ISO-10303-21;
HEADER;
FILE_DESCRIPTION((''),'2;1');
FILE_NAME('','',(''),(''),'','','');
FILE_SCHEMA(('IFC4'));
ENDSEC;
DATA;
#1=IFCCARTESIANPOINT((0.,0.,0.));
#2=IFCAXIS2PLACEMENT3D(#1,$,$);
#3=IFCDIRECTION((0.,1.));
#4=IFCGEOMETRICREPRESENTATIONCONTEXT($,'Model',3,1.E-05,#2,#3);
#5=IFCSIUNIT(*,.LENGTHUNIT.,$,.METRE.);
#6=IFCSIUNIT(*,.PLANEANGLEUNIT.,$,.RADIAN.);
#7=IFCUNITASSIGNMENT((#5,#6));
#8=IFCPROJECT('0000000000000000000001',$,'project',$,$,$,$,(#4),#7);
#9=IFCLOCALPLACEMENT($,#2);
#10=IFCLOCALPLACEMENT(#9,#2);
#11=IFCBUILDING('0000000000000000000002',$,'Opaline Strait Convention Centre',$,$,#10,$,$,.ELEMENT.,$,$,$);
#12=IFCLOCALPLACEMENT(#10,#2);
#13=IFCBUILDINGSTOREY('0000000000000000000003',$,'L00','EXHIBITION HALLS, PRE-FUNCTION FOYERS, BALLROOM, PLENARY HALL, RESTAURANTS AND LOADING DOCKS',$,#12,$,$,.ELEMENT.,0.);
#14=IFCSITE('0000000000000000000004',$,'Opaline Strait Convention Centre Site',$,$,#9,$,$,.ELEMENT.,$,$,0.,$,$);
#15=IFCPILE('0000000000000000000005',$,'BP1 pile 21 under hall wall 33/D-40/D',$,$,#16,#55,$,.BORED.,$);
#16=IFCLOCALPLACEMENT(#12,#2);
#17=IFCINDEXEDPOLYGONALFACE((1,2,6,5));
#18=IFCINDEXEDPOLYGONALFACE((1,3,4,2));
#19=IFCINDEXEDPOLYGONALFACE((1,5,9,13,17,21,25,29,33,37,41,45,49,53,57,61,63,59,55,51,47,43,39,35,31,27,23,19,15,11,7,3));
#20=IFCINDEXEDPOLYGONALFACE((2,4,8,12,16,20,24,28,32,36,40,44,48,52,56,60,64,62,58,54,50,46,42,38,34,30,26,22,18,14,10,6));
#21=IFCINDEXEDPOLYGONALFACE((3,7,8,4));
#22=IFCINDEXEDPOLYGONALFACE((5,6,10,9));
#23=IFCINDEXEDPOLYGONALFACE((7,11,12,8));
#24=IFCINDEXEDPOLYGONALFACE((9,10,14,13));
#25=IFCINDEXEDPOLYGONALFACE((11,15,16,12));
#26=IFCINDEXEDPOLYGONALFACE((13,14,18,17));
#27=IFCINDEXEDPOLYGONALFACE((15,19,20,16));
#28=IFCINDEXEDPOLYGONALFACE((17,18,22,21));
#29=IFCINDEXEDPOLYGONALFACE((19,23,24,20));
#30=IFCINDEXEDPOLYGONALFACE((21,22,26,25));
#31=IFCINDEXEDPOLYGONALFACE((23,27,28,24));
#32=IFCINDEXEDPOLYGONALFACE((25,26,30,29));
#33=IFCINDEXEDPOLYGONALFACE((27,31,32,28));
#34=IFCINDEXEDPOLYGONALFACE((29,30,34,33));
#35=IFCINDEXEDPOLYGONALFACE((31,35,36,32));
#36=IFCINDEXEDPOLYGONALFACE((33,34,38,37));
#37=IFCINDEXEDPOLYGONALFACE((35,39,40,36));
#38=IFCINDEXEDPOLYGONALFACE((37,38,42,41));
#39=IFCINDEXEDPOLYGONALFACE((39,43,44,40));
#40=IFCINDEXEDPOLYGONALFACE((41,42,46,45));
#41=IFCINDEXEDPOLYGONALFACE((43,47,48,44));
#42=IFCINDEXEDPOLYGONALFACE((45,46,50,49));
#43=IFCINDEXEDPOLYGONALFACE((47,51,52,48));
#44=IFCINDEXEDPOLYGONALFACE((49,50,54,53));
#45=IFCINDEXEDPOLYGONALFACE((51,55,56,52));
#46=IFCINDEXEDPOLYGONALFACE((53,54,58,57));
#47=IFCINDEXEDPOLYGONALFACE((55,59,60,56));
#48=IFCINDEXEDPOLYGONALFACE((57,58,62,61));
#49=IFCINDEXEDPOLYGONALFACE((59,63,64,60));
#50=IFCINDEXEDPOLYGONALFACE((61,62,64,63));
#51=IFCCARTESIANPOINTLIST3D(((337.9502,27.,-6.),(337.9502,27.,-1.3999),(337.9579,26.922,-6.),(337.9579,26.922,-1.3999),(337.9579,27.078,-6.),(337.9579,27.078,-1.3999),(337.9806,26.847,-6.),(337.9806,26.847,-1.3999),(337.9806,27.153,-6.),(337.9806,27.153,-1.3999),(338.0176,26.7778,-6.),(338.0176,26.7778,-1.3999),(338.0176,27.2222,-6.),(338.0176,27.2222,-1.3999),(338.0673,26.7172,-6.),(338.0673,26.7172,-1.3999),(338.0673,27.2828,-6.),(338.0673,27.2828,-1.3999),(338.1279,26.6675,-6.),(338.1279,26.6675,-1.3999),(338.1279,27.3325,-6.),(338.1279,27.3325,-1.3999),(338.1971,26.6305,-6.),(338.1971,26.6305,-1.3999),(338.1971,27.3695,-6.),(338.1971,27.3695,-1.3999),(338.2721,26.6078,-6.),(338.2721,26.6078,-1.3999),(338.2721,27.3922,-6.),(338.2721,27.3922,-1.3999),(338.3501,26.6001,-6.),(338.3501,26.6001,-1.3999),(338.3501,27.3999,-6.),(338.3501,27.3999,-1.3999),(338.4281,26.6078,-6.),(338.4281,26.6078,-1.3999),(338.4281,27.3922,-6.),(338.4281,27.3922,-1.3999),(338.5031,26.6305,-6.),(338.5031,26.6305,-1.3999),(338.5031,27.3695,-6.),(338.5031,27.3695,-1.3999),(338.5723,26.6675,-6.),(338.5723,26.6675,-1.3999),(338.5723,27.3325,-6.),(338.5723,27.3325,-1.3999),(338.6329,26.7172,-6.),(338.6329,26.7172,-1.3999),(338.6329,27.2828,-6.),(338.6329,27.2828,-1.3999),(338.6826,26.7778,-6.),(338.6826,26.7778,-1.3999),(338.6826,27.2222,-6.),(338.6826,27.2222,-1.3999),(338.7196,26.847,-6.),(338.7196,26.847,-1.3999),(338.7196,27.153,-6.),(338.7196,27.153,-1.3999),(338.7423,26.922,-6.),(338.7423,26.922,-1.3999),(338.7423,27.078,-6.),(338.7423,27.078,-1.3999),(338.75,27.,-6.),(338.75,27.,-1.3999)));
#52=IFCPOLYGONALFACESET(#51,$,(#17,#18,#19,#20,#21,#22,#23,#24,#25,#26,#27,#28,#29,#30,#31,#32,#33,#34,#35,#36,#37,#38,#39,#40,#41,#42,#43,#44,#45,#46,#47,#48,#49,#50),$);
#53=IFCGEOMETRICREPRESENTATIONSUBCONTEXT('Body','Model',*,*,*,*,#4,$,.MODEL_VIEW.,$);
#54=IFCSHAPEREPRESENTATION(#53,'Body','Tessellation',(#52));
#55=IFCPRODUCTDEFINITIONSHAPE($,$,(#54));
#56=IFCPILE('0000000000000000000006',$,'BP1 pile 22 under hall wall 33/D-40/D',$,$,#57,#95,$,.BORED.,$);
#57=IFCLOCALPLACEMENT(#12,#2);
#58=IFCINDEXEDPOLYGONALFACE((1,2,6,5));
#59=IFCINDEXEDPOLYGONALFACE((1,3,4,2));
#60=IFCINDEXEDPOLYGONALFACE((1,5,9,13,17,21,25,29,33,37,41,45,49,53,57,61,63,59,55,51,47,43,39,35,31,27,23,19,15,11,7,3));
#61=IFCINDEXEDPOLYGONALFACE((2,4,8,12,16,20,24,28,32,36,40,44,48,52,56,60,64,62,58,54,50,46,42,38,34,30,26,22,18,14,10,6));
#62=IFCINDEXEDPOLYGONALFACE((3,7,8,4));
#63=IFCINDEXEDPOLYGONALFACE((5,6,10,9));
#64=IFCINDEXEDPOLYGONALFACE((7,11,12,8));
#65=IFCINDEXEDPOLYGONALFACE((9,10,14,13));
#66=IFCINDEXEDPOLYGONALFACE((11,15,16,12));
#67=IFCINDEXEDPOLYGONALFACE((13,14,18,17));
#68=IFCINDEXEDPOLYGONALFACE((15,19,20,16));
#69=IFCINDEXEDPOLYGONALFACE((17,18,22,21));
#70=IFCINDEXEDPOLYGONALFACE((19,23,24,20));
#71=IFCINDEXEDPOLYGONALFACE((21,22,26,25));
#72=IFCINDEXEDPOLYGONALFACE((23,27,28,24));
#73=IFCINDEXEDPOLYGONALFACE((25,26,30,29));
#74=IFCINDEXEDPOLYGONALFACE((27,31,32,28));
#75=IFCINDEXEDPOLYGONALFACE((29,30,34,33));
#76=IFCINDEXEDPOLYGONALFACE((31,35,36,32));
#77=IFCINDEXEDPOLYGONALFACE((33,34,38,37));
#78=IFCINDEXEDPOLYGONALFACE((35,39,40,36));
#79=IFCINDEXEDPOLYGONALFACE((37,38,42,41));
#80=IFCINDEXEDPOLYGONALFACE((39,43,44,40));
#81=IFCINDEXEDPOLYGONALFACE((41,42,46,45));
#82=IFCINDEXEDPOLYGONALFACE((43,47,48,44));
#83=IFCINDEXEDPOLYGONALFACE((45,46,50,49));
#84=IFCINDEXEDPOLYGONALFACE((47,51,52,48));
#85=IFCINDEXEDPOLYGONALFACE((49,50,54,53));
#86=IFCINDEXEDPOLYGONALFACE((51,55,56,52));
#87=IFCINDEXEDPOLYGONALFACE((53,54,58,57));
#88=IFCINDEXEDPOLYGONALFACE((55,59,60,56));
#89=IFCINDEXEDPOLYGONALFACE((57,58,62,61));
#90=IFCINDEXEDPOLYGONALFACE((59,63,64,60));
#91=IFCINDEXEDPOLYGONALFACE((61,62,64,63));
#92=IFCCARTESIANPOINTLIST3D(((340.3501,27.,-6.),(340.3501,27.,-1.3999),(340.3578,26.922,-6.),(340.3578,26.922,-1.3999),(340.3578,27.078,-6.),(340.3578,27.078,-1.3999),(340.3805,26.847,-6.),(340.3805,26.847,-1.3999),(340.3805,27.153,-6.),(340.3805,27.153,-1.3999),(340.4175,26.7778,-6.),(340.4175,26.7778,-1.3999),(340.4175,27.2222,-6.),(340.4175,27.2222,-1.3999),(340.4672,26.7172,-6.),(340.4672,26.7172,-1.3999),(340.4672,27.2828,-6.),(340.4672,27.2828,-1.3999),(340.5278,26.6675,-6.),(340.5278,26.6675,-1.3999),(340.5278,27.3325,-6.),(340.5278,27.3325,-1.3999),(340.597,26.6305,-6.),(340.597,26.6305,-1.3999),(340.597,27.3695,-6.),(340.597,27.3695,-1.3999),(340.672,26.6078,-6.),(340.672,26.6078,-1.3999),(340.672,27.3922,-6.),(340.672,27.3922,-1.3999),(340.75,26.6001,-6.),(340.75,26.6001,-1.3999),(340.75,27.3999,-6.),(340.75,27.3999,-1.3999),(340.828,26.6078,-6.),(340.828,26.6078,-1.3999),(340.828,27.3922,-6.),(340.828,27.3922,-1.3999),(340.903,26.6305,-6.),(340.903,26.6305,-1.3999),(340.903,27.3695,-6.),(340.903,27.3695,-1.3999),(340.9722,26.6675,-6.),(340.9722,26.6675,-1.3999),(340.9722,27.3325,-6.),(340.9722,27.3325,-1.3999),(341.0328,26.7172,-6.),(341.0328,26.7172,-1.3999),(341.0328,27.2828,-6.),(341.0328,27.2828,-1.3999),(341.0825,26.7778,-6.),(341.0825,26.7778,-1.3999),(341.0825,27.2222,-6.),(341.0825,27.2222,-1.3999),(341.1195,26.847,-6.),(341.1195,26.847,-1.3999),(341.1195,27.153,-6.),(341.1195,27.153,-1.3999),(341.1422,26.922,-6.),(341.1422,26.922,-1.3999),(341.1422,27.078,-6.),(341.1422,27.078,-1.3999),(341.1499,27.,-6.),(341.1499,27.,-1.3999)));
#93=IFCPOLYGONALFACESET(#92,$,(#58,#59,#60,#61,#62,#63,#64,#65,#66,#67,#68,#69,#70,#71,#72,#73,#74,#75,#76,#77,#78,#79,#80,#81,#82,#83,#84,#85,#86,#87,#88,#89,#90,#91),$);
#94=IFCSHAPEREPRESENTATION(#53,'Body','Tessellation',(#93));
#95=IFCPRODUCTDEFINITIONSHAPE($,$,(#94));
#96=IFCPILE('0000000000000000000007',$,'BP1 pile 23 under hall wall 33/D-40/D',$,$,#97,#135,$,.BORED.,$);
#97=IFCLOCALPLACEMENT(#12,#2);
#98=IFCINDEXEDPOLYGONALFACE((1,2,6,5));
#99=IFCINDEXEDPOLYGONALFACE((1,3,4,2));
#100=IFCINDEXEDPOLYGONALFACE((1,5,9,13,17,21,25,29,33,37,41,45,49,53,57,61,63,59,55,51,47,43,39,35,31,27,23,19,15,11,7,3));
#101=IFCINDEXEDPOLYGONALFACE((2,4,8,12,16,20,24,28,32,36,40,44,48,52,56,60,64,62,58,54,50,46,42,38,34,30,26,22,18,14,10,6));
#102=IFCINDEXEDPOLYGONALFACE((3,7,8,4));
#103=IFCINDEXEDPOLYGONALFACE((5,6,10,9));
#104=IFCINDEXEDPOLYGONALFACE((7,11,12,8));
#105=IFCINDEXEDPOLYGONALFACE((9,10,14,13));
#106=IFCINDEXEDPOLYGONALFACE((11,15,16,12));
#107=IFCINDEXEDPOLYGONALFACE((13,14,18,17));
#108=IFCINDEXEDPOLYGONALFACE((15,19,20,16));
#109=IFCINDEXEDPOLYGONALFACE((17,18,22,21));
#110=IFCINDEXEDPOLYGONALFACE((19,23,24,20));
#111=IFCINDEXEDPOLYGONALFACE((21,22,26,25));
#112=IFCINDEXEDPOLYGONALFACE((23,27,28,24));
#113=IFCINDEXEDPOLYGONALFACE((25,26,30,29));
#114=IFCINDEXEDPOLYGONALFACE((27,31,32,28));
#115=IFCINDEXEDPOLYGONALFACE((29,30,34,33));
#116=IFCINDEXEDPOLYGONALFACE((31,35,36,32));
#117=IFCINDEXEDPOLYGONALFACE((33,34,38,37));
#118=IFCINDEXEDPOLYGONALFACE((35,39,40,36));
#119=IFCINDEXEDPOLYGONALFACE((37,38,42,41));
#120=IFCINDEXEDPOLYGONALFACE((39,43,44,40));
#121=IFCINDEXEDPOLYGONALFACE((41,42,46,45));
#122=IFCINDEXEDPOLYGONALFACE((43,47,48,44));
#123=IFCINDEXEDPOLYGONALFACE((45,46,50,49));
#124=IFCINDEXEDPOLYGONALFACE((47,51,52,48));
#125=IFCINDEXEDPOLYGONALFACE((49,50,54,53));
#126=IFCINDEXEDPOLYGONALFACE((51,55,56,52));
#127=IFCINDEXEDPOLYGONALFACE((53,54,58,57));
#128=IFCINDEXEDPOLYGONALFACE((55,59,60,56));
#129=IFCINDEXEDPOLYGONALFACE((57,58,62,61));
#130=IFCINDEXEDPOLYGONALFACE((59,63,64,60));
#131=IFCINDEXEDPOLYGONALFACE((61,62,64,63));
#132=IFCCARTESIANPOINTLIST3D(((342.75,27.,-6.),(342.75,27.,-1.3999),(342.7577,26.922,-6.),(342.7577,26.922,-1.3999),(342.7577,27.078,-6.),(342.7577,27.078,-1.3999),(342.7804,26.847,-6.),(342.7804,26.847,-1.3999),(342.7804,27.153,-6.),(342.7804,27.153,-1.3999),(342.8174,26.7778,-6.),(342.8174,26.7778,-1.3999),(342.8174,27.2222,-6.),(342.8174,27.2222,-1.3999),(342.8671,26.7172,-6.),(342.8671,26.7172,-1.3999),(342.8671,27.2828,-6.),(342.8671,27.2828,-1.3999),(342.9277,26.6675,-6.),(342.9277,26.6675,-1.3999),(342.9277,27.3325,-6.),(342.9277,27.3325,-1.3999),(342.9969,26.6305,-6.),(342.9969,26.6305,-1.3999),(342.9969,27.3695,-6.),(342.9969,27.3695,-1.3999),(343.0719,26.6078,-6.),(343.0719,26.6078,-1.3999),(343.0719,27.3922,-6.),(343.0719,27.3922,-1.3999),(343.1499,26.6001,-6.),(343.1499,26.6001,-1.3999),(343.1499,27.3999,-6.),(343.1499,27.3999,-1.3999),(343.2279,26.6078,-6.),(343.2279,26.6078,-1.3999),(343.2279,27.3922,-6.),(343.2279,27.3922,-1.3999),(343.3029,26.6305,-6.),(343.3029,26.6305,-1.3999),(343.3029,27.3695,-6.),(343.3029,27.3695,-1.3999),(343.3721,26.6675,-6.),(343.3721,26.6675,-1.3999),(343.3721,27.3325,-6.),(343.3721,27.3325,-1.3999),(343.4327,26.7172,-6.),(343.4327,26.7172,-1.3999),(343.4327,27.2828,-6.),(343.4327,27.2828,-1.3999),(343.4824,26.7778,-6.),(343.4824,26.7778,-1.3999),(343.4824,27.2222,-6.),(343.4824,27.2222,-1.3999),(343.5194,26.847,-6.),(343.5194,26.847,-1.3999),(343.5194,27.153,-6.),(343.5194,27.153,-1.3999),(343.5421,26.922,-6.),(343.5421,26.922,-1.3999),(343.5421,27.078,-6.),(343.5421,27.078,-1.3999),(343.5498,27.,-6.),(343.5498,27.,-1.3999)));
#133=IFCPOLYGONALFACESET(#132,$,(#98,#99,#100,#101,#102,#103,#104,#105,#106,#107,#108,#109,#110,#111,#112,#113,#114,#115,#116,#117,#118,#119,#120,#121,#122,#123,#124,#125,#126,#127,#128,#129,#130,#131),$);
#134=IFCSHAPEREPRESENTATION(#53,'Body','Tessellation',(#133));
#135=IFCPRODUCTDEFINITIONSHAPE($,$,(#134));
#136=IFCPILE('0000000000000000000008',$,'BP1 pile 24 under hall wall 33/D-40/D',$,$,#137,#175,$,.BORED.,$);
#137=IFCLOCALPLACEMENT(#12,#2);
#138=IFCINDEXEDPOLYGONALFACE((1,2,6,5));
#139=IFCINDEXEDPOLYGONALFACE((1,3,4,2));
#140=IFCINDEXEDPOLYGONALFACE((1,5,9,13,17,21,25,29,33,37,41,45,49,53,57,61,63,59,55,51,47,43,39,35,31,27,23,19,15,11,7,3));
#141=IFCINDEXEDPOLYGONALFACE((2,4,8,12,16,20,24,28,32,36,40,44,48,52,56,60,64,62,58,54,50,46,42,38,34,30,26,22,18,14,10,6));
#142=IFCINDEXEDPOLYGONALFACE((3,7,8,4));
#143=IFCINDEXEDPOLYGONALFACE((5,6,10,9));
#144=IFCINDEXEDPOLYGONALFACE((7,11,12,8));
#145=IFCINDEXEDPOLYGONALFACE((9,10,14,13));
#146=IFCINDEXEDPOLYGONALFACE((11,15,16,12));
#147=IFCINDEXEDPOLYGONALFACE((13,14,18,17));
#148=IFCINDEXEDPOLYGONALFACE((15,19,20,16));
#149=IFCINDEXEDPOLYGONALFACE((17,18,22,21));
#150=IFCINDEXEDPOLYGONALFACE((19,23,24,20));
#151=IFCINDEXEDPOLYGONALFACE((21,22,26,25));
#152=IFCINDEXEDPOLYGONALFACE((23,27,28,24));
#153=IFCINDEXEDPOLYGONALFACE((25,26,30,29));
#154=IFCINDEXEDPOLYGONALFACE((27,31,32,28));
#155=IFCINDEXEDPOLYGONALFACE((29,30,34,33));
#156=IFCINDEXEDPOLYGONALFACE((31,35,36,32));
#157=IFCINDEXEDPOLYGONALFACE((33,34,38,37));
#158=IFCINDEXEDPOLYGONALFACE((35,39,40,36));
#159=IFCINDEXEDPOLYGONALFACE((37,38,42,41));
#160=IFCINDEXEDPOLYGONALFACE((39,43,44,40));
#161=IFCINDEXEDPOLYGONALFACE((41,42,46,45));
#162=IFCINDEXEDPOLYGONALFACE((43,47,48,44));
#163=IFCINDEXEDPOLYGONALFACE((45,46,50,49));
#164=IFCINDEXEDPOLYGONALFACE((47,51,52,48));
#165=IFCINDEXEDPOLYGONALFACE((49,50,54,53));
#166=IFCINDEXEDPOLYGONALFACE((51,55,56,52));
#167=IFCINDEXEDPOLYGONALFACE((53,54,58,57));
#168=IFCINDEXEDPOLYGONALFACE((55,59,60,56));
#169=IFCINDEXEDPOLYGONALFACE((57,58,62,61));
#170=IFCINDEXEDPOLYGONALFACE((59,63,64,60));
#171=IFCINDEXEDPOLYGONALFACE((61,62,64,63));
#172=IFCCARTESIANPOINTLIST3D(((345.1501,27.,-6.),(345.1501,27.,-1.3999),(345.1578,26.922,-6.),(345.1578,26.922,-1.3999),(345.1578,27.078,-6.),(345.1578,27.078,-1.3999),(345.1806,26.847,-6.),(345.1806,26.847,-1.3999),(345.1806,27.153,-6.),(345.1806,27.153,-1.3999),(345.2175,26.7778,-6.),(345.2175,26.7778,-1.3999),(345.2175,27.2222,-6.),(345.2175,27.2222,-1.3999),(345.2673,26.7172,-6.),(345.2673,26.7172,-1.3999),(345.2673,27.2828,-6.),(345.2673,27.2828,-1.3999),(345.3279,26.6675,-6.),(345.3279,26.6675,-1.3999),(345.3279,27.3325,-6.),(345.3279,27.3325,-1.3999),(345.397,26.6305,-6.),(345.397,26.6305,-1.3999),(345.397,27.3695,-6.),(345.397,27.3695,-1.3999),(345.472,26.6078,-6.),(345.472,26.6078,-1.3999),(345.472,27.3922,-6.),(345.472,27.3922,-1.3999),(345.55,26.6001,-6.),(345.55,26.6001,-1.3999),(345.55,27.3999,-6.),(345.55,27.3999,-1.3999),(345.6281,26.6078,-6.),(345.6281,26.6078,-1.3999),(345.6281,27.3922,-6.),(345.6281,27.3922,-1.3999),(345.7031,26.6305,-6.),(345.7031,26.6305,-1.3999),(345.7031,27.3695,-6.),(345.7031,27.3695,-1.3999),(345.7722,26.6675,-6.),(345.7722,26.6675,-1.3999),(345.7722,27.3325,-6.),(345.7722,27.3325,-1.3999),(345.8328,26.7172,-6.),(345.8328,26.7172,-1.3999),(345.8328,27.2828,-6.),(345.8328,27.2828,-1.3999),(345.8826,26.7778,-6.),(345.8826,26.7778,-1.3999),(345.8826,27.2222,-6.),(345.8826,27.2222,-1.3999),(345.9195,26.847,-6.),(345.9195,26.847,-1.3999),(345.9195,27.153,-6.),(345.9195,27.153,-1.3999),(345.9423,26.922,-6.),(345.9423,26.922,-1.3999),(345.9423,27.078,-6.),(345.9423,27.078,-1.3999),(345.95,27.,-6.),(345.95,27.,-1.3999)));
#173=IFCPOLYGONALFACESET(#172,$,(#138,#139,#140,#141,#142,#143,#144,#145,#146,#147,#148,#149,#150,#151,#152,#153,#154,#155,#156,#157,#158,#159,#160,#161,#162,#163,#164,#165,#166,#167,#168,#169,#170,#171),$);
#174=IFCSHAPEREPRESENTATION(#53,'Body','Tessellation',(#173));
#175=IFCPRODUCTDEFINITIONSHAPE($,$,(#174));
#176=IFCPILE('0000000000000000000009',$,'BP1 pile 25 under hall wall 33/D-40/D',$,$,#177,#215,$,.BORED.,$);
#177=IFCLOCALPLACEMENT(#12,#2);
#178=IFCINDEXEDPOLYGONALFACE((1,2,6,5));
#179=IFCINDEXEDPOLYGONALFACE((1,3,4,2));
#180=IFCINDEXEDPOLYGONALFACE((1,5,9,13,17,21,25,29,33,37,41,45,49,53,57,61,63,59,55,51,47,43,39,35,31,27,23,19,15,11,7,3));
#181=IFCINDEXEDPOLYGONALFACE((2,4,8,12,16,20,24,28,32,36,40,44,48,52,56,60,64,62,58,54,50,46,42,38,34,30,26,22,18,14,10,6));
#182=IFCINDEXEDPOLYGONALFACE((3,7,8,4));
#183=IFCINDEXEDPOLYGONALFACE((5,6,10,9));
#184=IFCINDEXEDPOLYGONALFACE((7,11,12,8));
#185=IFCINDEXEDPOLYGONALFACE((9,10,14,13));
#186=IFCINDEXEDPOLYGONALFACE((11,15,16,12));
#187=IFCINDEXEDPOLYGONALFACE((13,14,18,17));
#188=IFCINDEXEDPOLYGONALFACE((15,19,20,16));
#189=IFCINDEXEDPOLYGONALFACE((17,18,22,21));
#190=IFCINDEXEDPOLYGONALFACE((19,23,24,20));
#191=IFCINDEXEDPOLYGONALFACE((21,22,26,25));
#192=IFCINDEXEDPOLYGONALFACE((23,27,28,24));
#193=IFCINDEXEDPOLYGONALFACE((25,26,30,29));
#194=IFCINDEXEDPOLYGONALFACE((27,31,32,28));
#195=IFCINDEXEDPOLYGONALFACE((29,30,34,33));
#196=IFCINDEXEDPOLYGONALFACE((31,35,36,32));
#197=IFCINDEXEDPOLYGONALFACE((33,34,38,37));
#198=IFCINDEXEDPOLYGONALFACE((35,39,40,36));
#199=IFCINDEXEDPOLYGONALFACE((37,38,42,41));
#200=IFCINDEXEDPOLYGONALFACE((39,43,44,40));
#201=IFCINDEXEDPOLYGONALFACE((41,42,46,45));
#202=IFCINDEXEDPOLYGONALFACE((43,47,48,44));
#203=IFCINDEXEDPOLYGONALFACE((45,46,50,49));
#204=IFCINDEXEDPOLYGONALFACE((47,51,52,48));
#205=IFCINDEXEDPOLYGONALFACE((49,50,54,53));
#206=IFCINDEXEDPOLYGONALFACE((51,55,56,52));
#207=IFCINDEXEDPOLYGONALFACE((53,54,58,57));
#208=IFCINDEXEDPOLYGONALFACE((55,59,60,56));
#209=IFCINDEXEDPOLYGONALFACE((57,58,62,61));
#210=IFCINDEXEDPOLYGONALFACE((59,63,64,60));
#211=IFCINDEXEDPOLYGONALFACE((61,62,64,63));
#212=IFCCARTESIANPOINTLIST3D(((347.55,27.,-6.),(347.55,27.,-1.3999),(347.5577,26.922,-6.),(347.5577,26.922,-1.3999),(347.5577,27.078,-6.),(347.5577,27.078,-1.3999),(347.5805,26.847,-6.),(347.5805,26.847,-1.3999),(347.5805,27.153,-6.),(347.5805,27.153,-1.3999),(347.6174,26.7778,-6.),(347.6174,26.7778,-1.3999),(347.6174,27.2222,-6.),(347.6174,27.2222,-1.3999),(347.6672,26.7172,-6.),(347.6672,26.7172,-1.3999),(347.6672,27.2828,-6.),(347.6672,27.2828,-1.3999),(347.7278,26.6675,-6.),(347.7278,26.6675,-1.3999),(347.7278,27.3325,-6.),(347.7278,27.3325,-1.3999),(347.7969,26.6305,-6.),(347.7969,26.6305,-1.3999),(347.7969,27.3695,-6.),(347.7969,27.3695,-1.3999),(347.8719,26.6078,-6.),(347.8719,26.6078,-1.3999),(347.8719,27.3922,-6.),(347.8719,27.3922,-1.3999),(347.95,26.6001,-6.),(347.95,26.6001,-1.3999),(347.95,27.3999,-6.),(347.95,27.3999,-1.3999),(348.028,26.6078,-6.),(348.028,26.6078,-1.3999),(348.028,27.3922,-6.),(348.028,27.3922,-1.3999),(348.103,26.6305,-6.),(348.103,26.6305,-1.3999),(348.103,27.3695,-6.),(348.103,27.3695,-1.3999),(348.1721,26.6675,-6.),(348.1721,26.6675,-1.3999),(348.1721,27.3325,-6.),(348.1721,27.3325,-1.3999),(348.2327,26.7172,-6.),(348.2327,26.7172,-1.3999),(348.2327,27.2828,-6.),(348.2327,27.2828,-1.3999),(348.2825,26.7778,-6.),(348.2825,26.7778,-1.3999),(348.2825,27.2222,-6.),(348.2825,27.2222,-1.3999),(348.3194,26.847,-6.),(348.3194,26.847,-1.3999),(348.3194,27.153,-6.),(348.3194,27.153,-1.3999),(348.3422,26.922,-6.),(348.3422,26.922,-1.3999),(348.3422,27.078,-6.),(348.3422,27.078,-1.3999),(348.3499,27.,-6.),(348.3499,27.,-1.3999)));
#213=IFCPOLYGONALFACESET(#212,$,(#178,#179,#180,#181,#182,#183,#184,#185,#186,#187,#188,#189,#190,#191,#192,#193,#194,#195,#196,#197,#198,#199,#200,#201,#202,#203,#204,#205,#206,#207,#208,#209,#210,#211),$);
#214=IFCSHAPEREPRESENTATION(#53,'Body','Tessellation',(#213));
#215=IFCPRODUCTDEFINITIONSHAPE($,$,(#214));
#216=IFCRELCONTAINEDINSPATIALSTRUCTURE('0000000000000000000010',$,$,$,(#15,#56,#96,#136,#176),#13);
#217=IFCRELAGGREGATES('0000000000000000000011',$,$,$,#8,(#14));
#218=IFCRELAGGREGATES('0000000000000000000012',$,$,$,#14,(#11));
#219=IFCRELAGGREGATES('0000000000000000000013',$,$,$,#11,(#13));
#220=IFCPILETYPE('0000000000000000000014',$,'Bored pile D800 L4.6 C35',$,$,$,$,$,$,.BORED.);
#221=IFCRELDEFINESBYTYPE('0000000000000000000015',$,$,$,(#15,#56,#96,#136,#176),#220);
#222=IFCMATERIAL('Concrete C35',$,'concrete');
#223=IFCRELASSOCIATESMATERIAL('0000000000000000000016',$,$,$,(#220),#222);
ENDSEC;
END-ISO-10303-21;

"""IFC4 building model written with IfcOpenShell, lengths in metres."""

from ifc_helpers import new_model, si_unit, direction, frame, origin, origin_2d, place, context, subcontext, project, spatial, circle, extrude, material, material_profile, profile_set, type_object, element, save


model = new_model("IFC4")

# Units and contexts
model_context = context("Model", 3, precision=1e-05, world=origin(), true_north=direction((0.0, 1.0)))
body_context = subcontext(model_context, "Body", "Model", "MODEL_VIEW")
ifc_project = project(units=[si_unit("LENGTHUNIT", "METRE"), si_unit("PLANEANGLEUNIT", "RADIAN")], contexts=[model_context])

# Site, building, storey
site_placement = place(None, origin())
site = spatial("IfcSite", under=ifc_project, at=site_placement, Name="Opaline Strait Convention Centre Site", CompositionType="ELEMENT", RefElevation=0.0)
building_placement = place(site_placement, origin())
building = spatial("IfcBuilding", under=site, at=building_placement, Name="Opaline Strait Convention Centre", CompositionType="ELEMENT")
storey_placement = place(building_placement, origin())
storey = spatial("IfcBuildingStorey", under=building, at=storey_placement, Name="L00", Description="EXHIBITION HALLS, PRE-FUNCTION FOYERS, BALLROOM, PLENARY HALL, RESTAURANTS AND LOADING DOCKS", CompositionType="ELEMENT", Elevation=0.0)

# Piles
ifc_material_1 = material(Name="Concrete C35", Category="concrete")
ifc_material_profile_1 = material_profile(ifc_material_1, circle(Radius=0.3999, at=origin_2d()), Name="D800")
ifc_profile_set_1 = profile_set([ifc_material_profile_1], Name="Concrete C35")
pile_type = type_object("IfcPileType", Name="Bored pile D800 L4.6 C35", PredefinedType="BORED", material=ifc_profile_set_1)
for number, where, z_axis, x_axis, name in (
    (1, (338.3501, 27.0, -1.3999), (0.0, 0.0, -1.0), (1.0, 0.0, 0.0), "BP1 pile 21 under hall wall 33/D-40/D"),
    (2, (340.75, 27.0, -1.3999), (0.0, 0.0, -1.0), (1.0, 0.0, 0.0), "BP1 pile 22 under hall wall 33/D-40/D"),
    (3, (343.1499, 27.0, -1.3999), (0.0, 0.0, -1.0), (1.0, 0.0, 0.0), "BP1 pile 23 under hall wall 33/D-40/D"),
    (4, (345.55, 27.0, -1.3999), (0.0, 0.0, -1.0), (1.0, 0.0, 0.0), "BP1 pile 24 under hall wall 33/D-40/D"),
    (5, (347.95, 27.0, -1.3999), (0.0, 0.0, -1.0), (1.0, 0.0, 0.0), "BP1 pile 25 under hall wall 33/D-40/D"),
):
    element("IfcPile", number, at=place(storey_placement, frame(where, z_axis=z_axis, x_axis=x_axis)), inside=storey, type_object=pile_type, Name=name, PredefinedType="BORED", context=body_context, shape_type="SweptSolid", body=[
        extrude(circle(Radius=0.3999, at=origin_2d()), origin(), (0.0, 0.0, 1.0), 4.6001),
    ])

save(model, "model.ifc")
